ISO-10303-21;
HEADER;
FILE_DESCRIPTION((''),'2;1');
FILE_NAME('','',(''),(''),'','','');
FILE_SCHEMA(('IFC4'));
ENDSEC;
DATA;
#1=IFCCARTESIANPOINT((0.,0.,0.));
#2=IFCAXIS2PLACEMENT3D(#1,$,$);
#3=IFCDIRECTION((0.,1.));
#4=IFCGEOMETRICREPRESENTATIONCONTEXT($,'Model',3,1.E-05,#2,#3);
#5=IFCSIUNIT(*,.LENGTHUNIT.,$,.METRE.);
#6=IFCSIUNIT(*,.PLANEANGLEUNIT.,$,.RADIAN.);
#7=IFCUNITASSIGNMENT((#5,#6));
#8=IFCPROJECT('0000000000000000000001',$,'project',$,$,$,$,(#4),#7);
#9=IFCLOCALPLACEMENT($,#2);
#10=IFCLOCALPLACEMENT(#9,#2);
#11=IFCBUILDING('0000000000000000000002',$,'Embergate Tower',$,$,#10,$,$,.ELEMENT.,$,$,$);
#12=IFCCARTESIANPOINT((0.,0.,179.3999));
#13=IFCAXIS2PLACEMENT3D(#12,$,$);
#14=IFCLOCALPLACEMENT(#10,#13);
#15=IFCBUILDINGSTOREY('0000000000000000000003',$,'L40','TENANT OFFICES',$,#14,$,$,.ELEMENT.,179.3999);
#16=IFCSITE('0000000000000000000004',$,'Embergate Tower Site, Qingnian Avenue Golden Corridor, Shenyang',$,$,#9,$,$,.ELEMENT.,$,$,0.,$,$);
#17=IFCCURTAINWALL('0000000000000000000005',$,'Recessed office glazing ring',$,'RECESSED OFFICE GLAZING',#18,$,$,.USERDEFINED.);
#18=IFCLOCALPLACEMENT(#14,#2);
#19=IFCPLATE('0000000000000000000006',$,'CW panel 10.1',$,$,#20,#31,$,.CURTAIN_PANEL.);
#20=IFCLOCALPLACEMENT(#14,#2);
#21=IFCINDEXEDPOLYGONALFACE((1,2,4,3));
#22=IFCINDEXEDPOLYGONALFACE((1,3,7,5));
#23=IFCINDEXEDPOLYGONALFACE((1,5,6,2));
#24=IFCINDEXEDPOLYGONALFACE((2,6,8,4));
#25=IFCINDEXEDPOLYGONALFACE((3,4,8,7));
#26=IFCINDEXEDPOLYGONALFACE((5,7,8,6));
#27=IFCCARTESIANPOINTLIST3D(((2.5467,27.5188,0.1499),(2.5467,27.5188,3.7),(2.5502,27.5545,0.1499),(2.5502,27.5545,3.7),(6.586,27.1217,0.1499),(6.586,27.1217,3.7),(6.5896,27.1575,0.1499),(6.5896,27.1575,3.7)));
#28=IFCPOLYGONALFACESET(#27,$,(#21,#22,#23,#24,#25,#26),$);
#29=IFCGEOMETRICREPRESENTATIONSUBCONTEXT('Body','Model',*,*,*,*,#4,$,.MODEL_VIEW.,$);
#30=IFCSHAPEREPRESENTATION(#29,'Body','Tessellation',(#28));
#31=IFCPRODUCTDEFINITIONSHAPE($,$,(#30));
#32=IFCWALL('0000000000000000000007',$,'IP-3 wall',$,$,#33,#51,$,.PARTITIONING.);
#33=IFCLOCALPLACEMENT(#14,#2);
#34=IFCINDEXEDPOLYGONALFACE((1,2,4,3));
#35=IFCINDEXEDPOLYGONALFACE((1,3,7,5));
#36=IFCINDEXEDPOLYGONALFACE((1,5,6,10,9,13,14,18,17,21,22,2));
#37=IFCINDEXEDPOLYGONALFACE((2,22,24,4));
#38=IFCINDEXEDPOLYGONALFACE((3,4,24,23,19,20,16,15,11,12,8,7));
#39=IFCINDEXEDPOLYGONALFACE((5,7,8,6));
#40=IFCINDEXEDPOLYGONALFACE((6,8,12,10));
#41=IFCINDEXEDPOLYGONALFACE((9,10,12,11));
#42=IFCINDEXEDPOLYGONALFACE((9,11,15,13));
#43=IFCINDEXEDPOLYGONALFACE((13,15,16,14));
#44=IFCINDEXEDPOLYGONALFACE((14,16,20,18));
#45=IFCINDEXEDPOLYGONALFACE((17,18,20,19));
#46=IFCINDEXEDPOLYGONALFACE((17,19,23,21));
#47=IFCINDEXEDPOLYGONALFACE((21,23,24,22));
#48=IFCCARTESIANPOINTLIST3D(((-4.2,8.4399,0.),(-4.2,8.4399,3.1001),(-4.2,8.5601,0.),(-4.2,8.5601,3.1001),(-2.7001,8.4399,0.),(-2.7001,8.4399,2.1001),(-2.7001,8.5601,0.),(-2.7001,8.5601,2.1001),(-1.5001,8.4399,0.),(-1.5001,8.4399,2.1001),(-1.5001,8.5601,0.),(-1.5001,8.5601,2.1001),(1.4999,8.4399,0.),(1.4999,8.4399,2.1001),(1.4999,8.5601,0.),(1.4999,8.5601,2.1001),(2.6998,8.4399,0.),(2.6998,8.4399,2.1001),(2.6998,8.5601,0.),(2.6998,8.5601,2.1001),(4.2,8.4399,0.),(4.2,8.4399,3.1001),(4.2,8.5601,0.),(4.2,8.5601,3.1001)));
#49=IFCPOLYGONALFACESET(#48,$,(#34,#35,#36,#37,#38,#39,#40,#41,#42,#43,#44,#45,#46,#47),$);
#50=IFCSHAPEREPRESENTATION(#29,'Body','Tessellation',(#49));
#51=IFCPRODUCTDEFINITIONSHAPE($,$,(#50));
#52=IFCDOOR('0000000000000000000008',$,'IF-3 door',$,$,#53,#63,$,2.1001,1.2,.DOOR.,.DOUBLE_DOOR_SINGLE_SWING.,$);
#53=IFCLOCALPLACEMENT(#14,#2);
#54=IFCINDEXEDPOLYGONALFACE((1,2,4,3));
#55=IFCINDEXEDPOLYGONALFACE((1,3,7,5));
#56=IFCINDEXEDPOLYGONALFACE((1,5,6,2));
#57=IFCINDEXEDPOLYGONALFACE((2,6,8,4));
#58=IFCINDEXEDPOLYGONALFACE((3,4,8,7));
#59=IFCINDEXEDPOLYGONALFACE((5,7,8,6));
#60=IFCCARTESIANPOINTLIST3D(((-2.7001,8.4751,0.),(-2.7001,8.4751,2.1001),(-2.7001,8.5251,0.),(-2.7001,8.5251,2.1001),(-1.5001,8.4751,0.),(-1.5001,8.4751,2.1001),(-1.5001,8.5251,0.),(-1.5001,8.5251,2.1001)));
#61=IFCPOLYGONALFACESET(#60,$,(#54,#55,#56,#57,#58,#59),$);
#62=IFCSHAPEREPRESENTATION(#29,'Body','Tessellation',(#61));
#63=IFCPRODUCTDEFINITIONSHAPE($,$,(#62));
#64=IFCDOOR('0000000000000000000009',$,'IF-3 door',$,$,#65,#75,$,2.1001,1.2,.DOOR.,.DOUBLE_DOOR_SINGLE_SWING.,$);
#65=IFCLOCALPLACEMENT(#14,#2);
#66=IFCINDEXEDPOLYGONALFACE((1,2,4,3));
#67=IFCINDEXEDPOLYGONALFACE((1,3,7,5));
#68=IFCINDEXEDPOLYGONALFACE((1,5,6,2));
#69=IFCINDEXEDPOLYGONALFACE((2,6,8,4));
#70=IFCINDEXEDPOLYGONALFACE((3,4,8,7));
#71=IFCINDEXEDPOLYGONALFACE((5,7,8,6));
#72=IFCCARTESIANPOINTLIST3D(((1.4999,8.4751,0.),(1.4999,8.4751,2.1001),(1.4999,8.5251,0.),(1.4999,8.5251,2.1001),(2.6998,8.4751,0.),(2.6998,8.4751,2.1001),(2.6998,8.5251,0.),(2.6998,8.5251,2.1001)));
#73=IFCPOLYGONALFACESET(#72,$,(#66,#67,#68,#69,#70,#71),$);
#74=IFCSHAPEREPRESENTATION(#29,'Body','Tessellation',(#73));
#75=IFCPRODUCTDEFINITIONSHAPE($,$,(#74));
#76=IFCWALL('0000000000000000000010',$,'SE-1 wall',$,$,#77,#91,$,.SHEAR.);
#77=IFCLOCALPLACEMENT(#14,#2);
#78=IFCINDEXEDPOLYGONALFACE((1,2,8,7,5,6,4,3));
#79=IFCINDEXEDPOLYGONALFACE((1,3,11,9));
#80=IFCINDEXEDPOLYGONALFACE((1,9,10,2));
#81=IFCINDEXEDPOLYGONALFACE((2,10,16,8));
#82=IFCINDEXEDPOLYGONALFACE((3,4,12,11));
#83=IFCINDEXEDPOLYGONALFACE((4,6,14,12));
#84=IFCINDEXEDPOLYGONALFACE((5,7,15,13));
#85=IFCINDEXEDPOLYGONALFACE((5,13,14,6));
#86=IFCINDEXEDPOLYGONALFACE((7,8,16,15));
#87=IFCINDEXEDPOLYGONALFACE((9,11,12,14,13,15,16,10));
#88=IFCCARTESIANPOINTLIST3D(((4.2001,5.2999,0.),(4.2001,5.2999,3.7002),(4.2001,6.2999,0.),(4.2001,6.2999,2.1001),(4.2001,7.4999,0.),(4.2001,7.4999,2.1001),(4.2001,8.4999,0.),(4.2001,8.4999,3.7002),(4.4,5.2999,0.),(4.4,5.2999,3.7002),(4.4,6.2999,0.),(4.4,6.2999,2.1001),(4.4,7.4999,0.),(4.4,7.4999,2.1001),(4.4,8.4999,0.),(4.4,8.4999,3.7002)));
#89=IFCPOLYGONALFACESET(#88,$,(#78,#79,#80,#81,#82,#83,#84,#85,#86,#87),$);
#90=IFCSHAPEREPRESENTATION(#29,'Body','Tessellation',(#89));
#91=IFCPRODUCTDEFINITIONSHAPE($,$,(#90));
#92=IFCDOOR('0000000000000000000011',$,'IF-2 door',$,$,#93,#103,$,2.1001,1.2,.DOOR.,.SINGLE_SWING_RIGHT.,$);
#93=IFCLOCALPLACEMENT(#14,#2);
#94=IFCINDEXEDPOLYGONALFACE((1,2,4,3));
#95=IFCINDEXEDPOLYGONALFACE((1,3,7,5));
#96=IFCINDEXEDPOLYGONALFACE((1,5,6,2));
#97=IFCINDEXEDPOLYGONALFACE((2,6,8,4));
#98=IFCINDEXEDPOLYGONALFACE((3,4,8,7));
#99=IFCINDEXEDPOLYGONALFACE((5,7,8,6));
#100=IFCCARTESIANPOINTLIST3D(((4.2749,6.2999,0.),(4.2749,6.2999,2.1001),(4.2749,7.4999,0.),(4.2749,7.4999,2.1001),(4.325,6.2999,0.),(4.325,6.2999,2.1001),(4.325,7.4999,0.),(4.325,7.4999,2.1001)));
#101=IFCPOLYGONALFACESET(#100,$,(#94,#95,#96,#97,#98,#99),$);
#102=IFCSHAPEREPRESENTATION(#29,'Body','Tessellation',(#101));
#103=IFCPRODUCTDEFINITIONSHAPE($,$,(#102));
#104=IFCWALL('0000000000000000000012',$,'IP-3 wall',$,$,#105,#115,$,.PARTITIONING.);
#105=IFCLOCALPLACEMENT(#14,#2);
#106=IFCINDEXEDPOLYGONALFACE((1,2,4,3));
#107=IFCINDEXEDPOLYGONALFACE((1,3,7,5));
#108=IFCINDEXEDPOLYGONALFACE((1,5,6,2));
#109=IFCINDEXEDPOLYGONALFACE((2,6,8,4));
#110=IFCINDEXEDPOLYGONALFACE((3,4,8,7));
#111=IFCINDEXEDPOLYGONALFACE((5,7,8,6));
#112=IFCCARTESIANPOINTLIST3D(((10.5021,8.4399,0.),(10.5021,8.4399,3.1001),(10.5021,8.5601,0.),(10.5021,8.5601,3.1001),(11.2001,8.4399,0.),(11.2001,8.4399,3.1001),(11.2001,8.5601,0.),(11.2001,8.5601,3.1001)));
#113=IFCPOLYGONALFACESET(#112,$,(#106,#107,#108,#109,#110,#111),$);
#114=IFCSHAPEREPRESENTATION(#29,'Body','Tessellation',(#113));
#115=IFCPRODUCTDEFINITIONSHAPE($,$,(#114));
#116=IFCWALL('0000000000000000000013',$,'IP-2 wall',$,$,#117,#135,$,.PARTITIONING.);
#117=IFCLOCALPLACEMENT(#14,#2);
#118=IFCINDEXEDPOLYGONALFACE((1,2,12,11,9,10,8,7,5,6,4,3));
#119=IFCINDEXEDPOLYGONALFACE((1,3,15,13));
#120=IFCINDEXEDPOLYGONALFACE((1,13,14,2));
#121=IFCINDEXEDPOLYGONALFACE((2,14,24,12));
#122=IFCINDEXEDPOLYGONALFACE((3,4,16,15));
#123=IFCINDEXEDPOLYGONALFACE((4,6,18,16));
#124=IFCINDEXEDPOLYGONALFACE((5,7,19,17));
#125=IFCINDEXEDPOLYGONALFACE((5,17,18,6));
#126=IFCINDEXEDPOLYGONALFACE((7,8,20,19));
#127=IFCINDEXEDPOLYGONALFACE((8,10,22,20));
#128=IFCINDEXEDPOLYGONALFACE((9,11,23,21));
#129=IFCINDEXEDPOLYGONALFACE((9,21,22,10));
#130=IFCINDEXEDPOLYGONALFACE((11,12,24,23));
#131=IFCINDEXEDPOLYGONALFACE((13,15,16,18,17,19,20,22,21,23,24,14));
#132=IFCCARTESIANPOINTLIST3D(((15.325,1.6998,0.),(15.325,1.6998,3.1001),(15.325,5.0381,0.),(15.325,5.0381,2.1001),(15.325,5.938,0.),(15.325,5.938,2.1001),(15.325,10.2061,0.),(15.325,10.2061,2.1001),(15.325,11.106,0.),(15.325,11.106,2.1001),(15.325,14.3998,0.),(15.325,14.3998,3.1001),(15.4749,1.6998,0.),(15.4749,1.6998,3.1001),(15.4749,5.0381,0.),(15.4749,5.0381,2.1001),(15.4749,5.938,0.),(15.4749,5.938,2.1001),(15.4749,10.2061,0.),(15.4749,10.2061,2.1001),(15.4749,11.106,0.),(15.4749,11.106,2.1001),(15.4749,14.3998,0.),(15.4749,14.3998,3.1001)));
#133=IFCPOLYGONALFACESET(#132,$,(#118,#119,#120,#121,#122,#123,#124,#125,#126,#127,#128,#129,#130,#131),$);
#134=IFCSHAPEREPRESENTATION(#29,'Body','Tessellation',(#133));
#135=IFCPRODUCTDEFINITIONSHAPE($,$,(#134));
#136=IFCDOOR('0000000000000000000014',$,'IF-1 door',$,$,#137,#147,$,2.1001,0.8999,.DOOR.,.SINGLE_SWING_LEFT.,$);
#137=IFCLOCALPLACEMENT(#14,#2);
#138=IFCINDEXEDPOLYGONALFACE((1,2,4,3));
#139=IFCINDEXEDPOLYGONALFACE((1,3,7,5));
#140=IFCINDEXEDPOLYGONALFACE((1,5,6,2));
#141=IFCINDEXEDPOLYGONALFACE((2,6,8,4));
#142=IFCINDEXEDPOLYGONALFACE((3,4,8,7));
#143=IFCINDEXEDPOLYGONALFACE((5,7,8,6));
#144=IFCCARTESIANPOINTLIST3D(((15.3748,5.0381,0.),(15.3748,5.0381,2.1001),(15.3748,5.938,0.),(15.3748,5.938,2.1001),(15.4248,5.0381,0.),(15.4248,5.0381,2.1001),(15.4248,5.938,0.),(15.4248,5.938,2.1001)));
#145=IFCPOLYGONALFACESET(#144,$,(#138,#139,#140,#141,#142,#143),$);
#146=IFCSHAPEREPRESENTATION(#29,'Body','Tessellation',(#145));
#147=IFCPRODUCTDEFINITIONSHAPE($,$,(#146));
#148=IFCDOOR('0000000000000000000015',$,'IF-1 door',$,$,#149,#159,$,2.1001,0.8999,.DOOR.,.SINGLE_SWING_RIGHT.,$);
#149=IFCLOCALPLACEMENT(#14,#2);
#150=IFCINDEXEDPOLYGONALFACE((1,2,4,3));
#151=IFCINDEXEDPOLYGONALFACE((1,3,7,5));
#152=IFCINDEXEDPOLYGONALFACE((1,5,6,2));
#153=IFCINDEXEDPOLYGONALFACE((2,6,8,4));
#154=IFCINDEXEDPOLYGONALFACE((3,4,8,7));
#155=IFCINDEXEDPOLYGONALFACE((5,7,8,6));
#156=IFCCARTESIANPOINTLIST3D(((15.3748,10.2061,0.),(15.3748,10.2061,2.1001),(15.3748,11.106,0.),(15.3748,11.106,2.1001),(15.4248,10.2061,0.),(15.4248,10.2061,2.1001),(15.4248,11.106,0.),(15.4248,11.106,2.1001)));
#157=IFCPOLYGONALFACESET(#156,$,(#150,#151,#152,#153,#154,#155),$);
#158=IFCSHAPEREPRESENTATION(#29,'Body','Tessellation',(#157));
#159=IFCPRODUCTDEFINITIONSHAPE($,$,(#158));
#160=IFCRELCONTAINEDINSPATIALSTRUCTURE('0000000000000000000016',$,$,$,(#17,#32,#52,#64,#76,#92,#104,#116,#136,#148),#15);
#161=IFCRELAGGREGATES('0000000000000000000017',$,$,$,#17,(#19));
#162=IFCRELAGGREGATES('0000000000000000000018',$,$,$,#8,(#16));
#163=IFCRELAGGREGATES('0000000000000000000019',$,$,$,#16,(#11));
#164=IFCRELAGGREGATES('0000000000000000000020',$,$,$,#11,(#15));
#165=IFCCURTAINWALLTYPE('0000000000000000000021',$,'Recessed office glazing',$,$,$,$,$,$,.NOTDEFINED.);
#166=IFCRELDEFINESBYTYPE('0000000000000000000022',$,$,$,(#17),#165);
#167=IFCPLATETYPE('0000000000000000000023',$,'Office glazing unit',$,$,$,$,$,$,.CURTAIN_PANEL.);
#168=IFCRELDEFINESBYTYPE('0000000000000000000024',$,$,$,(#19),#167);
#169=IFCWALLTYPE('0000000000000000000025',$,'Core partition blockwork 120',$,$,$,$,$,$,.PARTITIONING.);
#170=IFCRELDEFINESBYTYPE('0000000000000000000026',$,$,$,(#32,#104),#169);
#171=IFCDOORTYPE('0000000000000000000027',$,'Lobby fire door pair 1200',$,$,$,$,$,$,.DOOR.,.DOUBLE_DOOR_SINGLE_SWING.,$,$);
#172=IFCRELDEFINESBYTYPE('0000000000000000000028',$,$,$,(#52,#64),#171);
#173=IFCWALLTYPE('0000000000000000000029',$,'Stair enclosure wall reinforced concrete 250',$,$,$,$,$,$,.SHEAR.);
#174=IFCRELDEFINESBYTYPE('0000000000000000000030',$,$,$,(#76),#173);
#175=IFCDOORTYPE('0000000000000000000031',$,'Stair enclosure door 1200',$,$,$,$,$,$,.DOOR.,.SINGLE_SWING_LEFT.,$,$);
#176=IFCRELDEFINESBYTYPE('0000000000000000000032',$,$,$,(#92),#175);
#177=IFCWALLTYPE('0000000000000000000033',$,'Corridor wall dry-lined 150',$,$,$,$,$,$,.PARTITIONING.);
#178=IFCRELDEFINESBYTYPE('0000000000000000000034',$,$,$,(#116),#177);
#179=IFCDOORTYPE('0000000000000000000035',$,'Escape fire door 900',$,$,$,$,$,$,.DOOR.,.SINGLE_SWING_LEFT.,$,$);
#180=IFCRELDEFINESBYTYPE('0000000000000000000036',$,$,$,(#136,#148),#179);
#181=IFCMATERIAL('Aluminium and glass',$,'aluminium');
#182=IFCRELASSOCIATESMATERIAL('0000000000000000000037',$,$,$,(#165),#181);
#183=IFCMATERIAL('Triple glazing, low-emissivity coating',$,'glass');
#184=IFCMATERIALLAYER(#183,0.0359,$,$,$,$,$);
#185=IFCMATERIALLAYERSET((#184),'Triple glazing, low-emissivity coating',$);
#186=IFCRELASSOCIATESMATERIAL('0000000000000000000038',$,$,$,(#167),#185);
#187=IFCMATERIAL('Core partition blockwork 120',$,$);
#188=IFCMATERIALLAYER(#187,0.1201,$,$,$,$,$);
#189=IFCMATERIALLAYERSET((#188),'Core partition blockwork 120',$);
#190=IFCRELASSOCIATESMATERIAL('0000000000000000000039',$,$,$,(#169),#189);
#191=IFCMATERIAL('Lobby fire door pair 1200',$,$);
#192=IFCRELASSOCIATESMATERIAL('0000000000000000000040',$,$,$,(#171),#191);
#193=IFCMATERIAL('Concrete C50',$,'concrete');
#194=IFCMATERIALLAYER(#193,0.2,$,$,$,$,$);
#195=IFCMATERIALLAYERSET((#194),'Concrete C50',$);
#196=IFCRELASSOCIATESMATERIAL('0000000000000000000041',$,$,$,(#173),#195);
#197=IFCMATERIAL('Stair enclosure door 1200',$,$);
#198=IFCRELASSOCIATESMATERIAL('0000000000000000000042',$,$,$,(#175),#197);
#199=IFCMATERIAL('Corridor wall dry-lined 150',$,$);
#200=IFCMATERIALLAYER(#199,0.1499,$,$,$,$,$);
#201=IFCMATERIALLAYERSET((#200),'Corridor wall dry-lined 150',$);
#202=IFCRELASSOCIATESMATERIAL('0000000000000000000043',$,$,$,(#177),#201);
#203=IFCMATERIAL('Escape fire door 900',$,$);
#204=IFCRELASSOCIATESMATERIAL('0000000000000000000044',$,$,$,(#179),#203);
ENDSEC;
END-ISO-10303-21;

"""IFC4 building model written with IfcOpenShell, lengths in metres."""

from ifc_helpers import new_model, si_unit, direction, frame, frame_2d, origin, origin_2d, place, context, subcontext, project, spatial, rectangle, extrude, source, transform, mapped, material, layer, layer_set, type_object, element, fill, aggregate, save


model = new_model("IFC4")

# Units and contexts
model_context = context("Model", 3, precision=1e-05, world=origin(), true_north=direction((0.0, 1.0)))
body_context = subcontext(model_context, "Body", "Model", "MODEL_VIEW")
ifc_project = project(units=[si_unit("LENGTHUNIT", "METRE"), si_unit("PLANEANGLEUNIT", "RADIAN")], contexts=[model_context])

# Site, building, storey
site_placement = place(None, origin())
site = spatial("IfcSite", under=ifc_project, at=site_placement, Name="Embergate Tower Site, Qingnian Avenue Golden Corridor, Shenyang", CompositionType="ELEMENT", RefElevation=0.0)
building_placement = place(site_placement, origin())
building = spatial("IfcBuilding", under=site, at=building_placement, Name="Embergate Tower", CompositionType="ELEMENT")
storey_placement = place(building_placement, frame((0.0, 0.0, 179.3999)))
storey = spatial("IfcBuildingStorey", under=building, at=storey_placement, Name="L40", Description="TENANT OFFICES", CompositionType="ELEMENT", Elevation=179.3999)

# Curtain wall, plate
ifc_material_1 = material(Name="Aluminium and glass", Category="aluminium")
curtain_wall_type = type_object("IfcCurtainWallType", Name="Recessed office glazing", PredefinedType="NOTDEFINED", material=ifc_material_1)
curtain_wall_placement = place(storey_placement, origin())
curtain_wall = element("IfcCurtainWall", 1, at=curtain_wall_placement, inside=storey, type_object=curtain_wall_type, Name="Recessed office glazing ring", ObjectType="RECESSED OFFICE GLAZING", PredefinedType="USERDEFINED")
ifc_material_2 = material(Name="Triple glazing, low-emissivity coating", Category="glass")
ifc_layer_1 = layer(ifc_material_2, 0.0359)
ifc_layer_set_1 = layer_set([ifc_layer_1], Name="Triple glazing, low-emissivity coating")
plate_type = type_object("IfcPlateType", Name="Office glazing unit", PredefinedType="CURTAIN_PANEL", material=ifc_layer_set_1)
shared_shape_1 = source(origin(), body_context, "Body", "SweptSolid", [
    extrude(rectangle(XDim=4.0588, YDim=0.0359, at=origin_2d()), origin(), (0.0, 0.0, 1.0), 3.55),
])
plate_1_placement = place(storey_placement, frame((4.5681, 27.3381, 0.1499), z_axis=(0.0, 0.0, 1.0), x_axis=(-0.995203, 0.097828, 0.0)))
plate_1 = element("IfcPlate", 2, at=plate_1_placement, type_object=plate_type, Name="CW panel 10.1", PredefinedType="CURTAIN_PANEL", context=body_context, shape_type="MappedRepresentation", body=[
    mapped(shared_shape_1, transform((0.0, 0.0, 0.0))),
])
aggregate(curtain_wall, [plate_1])

# Wall, openings, doors
ifc_material_3 = material(Name="Core partition blockwork 120")
ifc_layer_2 = layer(ifc_material_3, 0.1201)
ifc_layer_set_2 = layer_set([ifc_layer_2], Name="Core partition blockwork 120")
wall_type_1 = type_object("IfcWallType", Name="Core partition blockwork 120", PredefinedType="PARTITIONING", material=ifc_layer_set_2)
shared_shape_2 = source(origin(), body_context, "Body", "SweptSolid", [
    extrude(rectangle(XDim=8.3999, YDim=0.1201, at=frame_2d((4.2, 0.0))), origin(), (0.0, 0.0, 1.0), 3.1001),
])
wall_1_placement = place(storey_placement, frame((4.2, 8.5, 0.0), z_axis=(0.0, 0.0, 1.0), x_axis=(-1.0, 0.0, 0.0)))
wall_1 = element("IfcWall", 3, at=wall_1_placement, inside=storey, type_object=wall_type_1, Name="IP-3 wall", PredefinedType="PARTITIONING", context=body_context, shape_type="MappedRepresentation", body=[
    mapped(shared_shape_2, transform((0.0, 0.0, 0.0))),
])
shared_shape_3 = source(origin(), body_context, "Body", "SweptSolid", [
    extrude(rectangle(XDim=1.2, YDim=2.1001, at=frame_2d((0.6001, 1.05))), frame((0.0, 0.0701, 0.0), z_axis=(0.0, -1.0, 0.0), x_axis=(1.0, 0.0, 0.0)), (0.0, 0.0, 1.0), 0.1401),
])
opening_1_placement = place(wall_1_placement, frame((5.7, 0.0, 0.0)))
opening_1 = element("IfcOpeningElement", 4, at=opening_1_placement, cuts=wall_1, PredefinedType="OPENING", context=body_context, shape_type="MappedRepresentation", body=[
    mapped(shared_shape_3, transform((0.0, 0.0, 0.0))),
])
opening_2_placement = place(wall_1_placement, frame((1.5, 0.0, 0.0)))
opening_2 = element("IfcOpeningElement", 5, at=opening_2_placement, cuts=wall_1, PredefinedType="OPENING", context=body_context, shape_type="MappedRepresentation", body=[
    mapped(shared_shape_3, transform((0.0, 0.0, 0.0))),
])
ifc_material_4 = material(Name="Lobby fire door pair 1200")
door_type_1 = type_object("IfcDoorType", Name="Lobby fire door pair 1200", OperationType="DOUBLE_DOOR_SINGLE_SWING", PredefinedType="DOOR", material=ifc_material_4)
shared_shape_4 = source(origin(), body_context, "Body", "SweptSolid", [
    extrude(rectangle(XDim=1.2, YDim=2.1001, at=frame_2d((0.6001, 1.05))), frame((0.0, 0.0249, 0.0), z_axis=(0.0, -1.0, 0.0), x_axis=(1.0, 0.0, 0.0)), (0.0, 0.0, 1.0), 0.05),
])
door_1_placement = place(opening_1_placement, origin())
door_1 = element("IfcDoor", 6, at=door_1_placement, inside=storey, type_object=door_type_1, Name="IF-3 door", OperationType="DOUBLE_DOOR_SINGLE_SWING", OverallHeight=2.1001, OverallWidth=1.2, PredefinedType="DOOR", context=body_context, shape_type="MappedRepresentation", body=[
    mapped(shared_shape_4, transform((0.0, 0.0, 0.0))),
])
fill(opening_1, door_1)
door_2_placement = place(opening_2_placement, origin())
door_2 = element("IfcDoor", 7, at=door_2_placement, inside=storey, type_object=door_type_1, Name="IF-3 door", OperationType="DOUBLE_DOOR_SINGLE_SWING", OverallHeight=2.1001, OverallWidth=1.2, PredefinedType="DOOR", context=body_context, shape_type="MappedRepresentation", body=[
    mapped(shared_shape_4, transform((0.0, 0.0, 0.0))),
])
fill(opening_2, door_2)

# Wall, opening, door
ifc_material_5 = material(Name="Concrete C50", Category="concrete")
ifc_layer_3 = layer(ifc_material_5, 0.2)
ifc_layer_set_3 = layer_set([ifc_layer_3], Name="Concrete C50")
wall_type_2 = type_object("IfcWallType", Name="Stair enclosure wall reinforced concrete 250", PredefinedType="SHEAR", material=ifc_layer_set_3)
shared_shape_5 = source(origin(), body_context, "Body", "SweptSolid", [
    extrude(rectangle(XDim=3.2, YDim=0.2, at=frame_2d((1.6001, 0.0))), origin(), (0.0, 0.0, 1.0), 3.7002),
])
wall_2_placement = place(storey_placement, frame((4.3, 8.5, 0.0), z_axis=(0.0, 0.0, 1.0), x_axis=(0.0, -1.0, 0.0)))
wall_2 = element("IfcWall", 8, at=wall_2_placement, inside=storey, type_object=wall_type_2, Name="SE-1 wall", PredefinedType="SHEAR", context=body_context, shape_type="MappedRepresentation", body=[
    mapped(shared_shape_5, transform((0.0, 0.0, 0.0))),
])
shared_shape_6 = source(origin(), body_context, "Body", "SweptSolid", [
    extrude(rectangle(XDim=1.2, YDim=2.1001, at=frame_2d((0.6001, 1.05))), frame((0.0, 0.1099, 0.0), z_axis=(0.0, -1.0, 0.0), x_axis=(1.0, 0.0, 0.0)), (0.0, 0.0, 1.0), 0.22),
])
opening_3_placement = place(wall_2_placement, frame((1.0, 0.0, 0.0)))
opening_3 = element("IfcOpeningElement", 9, at=opening_3_placement, cuts=wall_2, PredefinedType="OPENING", context=body_context, shape_type="MappedRepresentation", body=[
    mapped(shared_shape_6, transform((0.0, 0.0, 0.0))),
])
ifc_material_6 = material(Name="Stair enclosure door 1200")
door_type_2 = type_object("IfcDoorType", Name="Stair enclosure door 1200", OperationType="SINGLE_SWING_LEFT", PredefinedType="DOOR", material=ifc_material_6)
door_3_placement = place(opening_3_placement, origin())
door_3 = element("IfcDoor", 10, at=door_3_placement, inside=storey, type_object=door_type_2, Name="IF-2 door", OperationType="SINGLE_SWING_RIGHT", OverallHeight=2.1001, OverallWidth=1.2, PredefinedType="DOOR", context=body_context, shape_type="MappedRepresentation", body=[
    mapped(shared_shape_4, transform((0.0, 0.0, 0.0))),
])
fill(opening_3, door_3)

# Wall
shared_shape_7 = source(origin(), body_context, "Body", "SweptSolid", [
    extrude(rectangle(XDim=0.698, YDim=0.1201, at=frame_2d((0.3491, 0.0))), origin(), (0.0, 0.0, 1.0), 3.1001),
])
wall_3_placement = place(storey_placement, frame((10.502, 8.5, 0.0), z_axis=(0.0, 0.0, 1.0), x_axis=(1.0, 0.0, 0.0)))
element("IfcWall", 11, at=wall_3_placement, inside=storey, type_object=wall_type_1, Name="IP-3 wall", PredefinedType="PARTITIONING", context=body_context, shape_type="MappedRepresentation", body=[
    mapped(shared_shape_7, transform((0.0, 0.0, 0.0))),
])

# Wall, openings, doors
ifc_material_7 = material(Name="Corridor wall dry-lined 150")
ifc_layer_4 = layer(ifc_material_7, 0.1499)
ifc_layer_set_4 = layer_set([ifc_layer_4], Name="Corridor wall dry-lined 150")
wall_type_3 = type_object("IfcWallType", Name="Corridor wall dry-lined 150", PredefinedType="PARTITIONING", material=ifc_layer_set_4)
shared_shape_8 = source(origin(), body_context, "Body", "SweptSolid", [
    extrude(rectangle(XDim=12.7, YDim=0.1499, at=frame_2d((6.3501, 0.0))), origin(), (0.0, 0.0, 1.0), 3.1001),
])
wall_4_placement = place(storey_placement, frame((15.3999, 14.3999, 0.0), z_axis=(0.0, 0.0, 1.0), x_axis=(0.0, -1.0, 0.0)))
wall_4 = element("IfcWall", 12, at=wall_4_placement, inside=storey, type_object=wall_type_3, Name="IP-2 wall", PredefinedType="PARTITIONING", context=body_context, shape_type="MappedRepresentation", body=[
    mapped(shared_shape_8, transform((0.0, 0.0, 0.0))),
])
shared_shape_9 = source(origin(), body_context, "Body", "SweptSolid", [
    extrude(rectangle(XDim=0.8999, YDim=2.1001, at=frame_2d((0.45, 1.05))), frame((0.0, 0.085, 0.0), z_axis=(0.0, -1.0, 0.0), x_axis=(1.0, 0.0, 0.0)), (0.0, 0.0, 1.0), 0.1699),
])
opening_4_placement = place(wall_4_placement, frame((8.4619, 0.0, 0.0)))
opening_4 = element("IfcOpeningElement", 13, at=opening_4_placement, cuts=wall_4, PredefinedType="OPENING", context=body_context, shape_type="MappedRepresentation", body=[
    mapped(shared_shape_9, transform((0.0, 0.0, 0.0))),
])
opening_5_placement = place(wall_4_placement, frame((3.2939, 0.0, 0.0)))
opening_5 = element("IfcOpeningElement", 14, at=opening_5_placement, cuts=wall_4, PredefinedType="OPENING", context=body_context, shape_type="MappedRepresentation", body=[
    mapped(shared_shape_9, transform((0.0, 0.0, 0.0))),
])
ifc_material_8 = material(Name="Escape fire door 900")
door_type_3 = type_object("IfcDoorType", Name="Escape fire door 900", OperationType="SINGLE_SWING_LEFT", PredefinedType="DOOR", material=ifc_material_8)
shared_shape_10 = source(origin(), body_context, "Body", "SweptSolid", [
    extrude(rectangle(XDim=0.8999, YDim=2.1001, at=frame_2d((0.45, 1.05))), frame((0.0, 0.0249, 0.0), z_axis=(0.0, -1.0, 0.0), x_axis=(1.0, 0.0, 0.0)), (0.0, 0.0, 1.0), 0.05),
])
door_4_placement = place(opening_4_placement, origin())
door_4 = element("IfcDoor", 15, at=door_4_placement, inside=storey, type_object=door_type_3, Name="IF-1 door", OperationType="SINGLE_SWING_LEFT", OverallHeight=2.1001, OverallWidth=0.8999, PredefinedType="DOOR", context=body_context, shape_type="MappedRepresentation", body=[
    mapped(shared_shape_10, transform((0.0, 0.0, 0.0))),
])
fill(opening_4, door_4)
door_5_placement = place(opening_5_placement, origin())
door_5 = element("IfcDoor", 16, at=door_5_placement, inside=storey, type_object=door_type_3, Name="IF-1 door", OperationType="SINGLE_SWING_RIGHT", OverallHeight=2.1001, OverallWidth=0.8999, PredefinedType="DOOR", context=body_context, shape_type="MappedRepresentation", body=[
    mapped(shared_shape_10, transform((0.0, 0.0, 0.0))),
])
fill(opening_5, door_5)

save(model, "model.ifc")
